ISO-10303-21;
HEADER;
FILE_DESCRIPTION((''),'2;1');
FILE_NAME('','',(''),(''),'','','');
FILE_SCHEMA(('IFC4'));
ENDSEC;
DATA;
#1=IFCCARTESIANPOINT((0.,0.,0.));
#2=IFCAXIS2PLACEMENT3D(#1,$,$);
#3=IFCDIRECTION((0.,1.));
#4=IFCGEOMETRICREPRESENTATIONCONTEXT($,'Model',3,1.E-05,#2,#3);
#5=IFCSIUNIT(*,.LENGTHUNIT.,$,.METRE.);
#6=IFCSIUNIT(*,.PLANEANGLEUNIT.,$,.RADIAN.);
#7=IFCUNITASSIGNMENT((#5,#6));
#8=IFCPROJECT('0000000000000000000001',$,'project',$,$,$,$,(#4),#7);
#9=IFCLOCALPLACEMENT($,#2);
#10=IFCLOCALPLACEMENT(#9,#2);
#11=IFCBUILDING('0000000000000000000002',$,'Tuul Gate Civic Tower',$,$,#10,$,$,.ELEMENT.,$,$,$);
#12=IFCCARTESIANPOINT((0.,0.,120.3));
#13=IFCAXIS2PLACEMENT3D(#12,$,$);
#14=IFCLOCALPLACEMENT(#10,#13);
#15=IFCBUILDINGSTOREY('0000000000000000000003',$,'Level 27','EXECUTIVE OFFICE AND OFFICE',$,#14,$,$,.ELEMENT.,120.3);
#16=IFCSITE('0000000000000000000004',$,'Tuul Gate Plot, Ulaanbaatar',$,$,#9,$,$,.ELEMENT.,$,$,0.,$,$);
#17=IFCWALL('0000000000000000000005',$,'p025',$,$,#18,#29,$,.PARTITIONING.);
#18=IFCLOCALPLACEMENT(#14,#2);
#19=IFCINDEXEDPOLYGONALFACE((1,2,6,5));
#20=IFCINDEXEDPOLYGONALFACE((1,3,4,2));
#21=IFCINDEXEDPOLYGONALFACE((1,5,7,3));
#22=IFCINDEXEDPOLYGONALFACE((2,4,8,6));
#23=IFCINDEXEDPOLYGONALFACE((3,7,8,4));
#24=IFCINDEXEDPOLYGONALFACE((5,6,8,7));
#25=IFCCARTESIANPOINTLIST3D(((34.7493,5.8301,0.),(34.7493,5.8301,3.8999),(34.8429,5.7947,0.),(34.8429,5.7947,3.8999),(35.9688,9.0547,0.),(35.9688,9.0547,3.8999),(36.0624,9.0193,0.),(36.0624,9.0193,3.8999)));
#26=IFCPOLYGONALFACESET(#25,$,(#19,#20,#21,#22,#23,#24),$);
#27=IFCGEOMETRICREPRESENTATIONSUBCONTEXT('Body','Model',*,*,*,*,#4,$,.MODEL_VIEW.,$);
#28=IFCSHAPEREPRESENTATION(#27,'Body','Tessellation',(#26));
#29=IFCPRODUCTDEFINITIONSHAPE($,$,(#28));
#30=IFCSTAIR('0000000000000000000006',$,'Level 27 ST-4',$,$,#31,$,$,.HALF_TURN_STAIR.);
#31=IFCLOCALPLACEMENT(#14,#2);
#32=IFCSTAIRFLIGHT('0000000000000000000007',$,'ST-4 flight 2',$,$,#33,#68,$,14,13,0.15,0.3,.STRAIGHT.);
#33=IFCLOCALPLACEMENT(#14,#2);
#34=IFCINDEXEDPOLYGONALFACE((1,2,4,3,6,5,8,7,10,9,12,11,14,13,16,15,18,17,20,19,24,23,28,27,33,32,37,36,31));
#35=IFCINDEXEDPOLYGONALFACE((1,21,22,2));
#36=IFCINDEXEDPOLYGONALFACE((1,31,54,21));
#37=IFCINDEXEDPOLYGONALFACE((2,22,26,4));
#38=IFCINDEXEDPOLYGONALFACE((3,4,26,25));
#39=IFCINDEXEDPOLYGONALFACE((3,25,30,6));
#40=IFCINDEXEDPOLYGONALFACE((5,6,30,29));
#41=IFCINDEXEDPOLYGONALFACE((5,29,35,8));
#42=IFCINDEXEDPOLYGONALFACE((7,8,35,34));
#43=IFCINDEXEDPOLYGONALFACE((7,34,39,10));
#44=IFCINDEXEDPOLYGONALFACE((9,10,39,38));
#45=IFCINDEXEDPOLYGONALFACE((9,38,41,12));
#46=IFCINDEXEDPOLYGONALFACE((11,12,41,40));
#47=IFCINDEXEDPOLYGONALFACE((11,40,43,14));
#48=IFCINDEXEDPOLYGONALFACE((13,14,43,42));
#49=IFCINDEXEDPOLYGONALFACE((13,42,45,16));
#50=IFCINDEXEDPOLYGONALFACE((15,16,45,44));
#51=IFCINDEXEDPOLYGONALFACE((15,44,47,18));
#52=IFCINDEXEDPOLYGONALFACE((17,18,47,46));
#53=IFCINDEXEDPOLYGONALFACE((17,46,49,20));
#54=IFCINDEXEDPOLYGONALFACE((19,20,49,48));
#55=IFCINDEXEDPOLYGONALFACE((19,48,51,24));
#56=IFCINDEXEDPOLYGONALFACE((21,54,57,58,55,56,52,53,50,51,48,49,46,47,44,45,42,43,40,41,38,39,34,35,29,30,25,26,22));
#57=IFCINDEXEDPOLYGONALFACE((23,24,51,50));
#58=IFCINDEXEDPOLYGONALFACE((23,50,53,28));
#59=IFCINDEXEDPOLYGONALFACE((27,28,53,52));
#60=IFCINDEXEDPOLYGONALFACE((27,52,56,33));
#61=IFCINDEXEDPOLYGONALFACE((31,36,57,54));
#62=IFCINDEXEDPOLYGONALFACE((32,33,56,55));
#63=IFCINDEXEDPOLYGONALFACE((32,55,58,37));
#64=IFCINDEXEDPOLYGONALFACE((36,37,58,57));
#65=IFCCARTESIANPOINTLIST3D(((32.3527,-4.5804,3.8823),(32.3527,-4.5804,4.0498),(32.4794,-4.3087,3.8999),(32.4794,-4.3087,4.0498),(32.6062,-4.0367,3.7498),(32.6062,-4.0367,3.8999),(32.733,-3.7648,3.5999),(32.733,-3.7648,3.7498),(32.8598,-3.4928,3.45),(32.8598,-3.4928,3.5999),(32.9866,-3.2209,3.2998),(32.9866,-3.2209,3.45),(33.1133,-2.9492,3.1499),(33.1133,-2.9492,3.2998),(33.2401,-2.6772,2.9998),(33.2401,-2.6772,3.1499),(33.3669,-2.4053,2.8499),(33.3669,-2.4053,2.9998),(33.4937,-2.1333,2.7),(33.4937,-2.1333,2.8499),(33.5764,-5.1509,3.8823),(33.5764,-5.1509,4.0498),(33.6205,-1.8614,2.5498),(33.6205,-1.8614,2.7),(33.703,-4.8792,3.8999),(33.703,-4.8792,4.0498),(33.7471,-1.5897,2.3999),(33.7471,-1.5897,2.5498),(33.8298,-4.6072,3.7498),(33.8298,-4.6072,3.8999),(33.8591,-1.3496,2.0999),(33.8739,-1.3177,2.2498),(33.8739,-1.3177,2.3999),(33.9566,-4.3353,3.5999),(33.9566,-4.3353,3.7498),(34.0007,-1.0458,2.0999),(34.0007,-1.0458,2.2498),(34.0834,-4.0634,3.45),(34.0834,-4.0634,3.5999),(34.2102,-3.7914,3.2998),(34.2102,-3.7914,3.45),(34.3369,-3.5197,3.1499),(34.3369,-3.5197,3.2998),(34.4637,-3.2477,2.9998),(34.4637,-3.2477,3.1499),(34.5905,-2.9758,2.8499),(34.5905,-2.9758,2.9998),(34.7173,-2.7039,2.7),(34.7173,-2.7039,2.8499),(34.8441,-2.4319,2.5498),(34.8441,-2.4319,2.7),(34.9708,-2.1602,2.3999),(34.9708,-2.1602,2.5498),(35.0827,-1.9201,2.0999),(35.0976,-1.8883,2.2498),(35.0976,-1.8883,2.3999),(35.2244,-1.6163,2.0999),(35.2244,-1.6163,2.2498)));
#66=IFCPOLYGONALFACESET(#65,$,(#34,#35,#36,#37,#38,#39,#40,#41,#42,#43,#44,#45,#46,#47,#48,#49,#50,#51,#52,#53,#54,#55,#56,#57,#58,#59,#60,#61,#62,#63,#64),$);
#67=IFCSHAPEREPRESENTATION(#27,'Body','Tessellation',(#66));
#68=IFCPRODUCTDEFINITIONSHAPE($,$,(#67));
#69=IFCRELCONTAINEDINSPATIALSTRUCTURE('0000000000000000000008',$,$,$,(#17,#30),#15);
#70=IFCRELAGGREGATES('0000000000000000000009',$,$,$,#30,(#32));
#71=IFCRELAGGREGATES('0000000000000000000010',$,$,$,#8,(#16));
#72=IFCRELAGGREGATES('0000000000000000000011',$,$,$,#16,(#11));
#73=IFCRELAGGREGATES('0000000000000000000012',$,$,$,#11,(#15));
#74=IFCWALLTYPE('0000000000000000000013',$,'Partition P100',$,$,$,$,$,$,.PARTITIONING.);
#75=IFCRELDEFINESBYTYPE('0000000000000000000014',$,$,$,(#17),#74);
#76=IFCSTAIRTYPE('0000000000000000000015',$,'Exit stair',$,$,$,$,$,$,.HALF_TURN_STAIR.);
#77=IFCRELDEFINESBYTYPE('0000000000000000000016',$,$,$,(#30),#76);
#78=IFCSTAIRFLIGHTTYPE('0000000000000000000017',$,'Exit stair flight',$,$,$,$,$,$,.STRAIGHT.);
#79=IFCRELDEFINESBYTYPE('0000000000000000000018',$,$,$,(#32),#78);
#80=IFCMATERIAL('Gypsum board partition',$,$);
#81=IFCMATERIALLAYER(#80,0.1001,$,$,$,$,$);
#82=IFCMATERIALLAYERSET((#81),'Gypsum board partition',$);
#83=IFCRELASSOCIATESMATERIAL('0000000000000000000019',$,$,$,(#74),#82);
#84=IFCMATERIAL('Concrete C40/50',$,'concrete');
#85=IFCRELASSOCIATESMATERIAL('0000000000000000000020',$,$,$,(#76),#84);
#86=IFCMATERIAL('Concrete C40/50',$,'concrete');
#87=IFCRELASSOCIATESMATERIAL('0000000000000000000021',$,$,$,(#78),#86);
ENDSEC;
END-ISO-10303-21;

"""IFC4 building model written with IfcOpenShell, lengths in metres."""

from ifc_helpers import new_model, si_unit, direction, frame, frame_2d, origin, place, context, subcontext, project, spatial, polyline, rectangle, outline, extrude, material, layer, layer_set, type_object, element, aggregate, save


model = new_model("IFC4")

# Units and contexts
model_context = context("Model", 3, precision=1e-05, world=origin(), true_north=direction((0.0, 1.0)))
body_context = subcontext(model_context, "Body", "Model", "MODEL_VIEW")
ifc_project = project(units=[si_unit("LENGTHUNIT", "METRE"), si_unit("PLANEANGLEUNIT", "RADIAN")], contexts=[model_context])

# Site, building, storey
site_placement = place(None, origin())
site = spatial("IfcSite", under=ifc_project, at=site_placement, Name="Tuul Gate Plot, Ulaanbaatar", CompositionType="ELEMENT", RefElevation=0.0)
building_placement = place(site_placement, origin())
building = spatial("IfcBuilding", under=site, at=building_placement, Name="Tuul Gate Civic Tower", CompositionType="ELEMENT")
storey_placement = place(building_placement, frame((0.0, 0.0, 120.3)))
storey = spatial("IfcBuildingStorey", under=building, at=storey_placement, Name="Level 27", Description="EXECUTIVE OFFICE AND OFFICE", CompositionType="ELEMENT", Elevation=120.3)

# Wall
ifc_material_1 = material(Name="Gypsum board partition")
ifc_layer_1 = layer(ifc_material_1, 0.1001)
ifc_layer_set_1 = layer_set([ifc_layer_1], Name="Gypsum board partition")
wall_type_1 = type_object("IfcWallType", Name="Partition P100", PredefinedType="PARTITIONING", material=ifc_layer_set_1)
wall_1_placement = place(storey_placement, frame((34.7961, 5.8125, 0.0), z_axis=(0.0, 0.0, 1.0), x_axis=(0.35373, 0.935348, 0.0)))
element("IfcWall", 1, at=wall_1_placement, inside=storey, type_object=wall_type_1, Name="p025", PredefinedType="PARTITIONING", context=body_context, shape_type="SweptSolid", body=[
    extrude(rectangle(XDim=3.4475, YDim=0.1001, at=frame_2d((1.7236, 0.0))), origin(), (0.0, 0.0, 1.0), 3.8999),
])

# Stair, stair flight
ifc_material_2 = material(Name="Concrete C40/50", Category="concrete")
stair_type = type_object("IfcStairType", Name="Exit stair", PredefinedType="HALF_TURN_STAIR", material=ifc_material_2)
stair_placement = place(storey_placement, origin())
stair = element("IfcStair", 2, at=stair_placement, inside=storey, type_object=stair_type, Name="Level 27 ST-4", PredefinedType="HALF_TURN_STAIR")
ifc_material_3 = material(Name="Concrete C40/50", Category="concrete")
stair_flight_type = type_object("IfcStairFlightType", Name="Exit stair flight", PredefinedType="STRAIGHT", material=ifc_material_3)
stair_flight_placement = place(storey_placement, frame((34.6125, -1.3311, 2.0999), z_axis=(0.0, 0.0, 1.0), x_axis=(-0.422576, -0.906327, 0.0)))
stair_flight = element("IfcStairFlight", 3, at=stair_flight_placement, type_object=stair_flight_type, Name="ST-4 flight 2", NumberOfRisers=14, NumberOfTreads=13, PredefinedType="STRAIGHT", RiserHeight=0.15, TreadLength=0.3, context=body_context, shape_type="SweptSolid", body=[
    extrude(outline(polyline([(0.0, 0.0), (0.0, 0.1499), (0.3, 0.1499), (0.3, 0.3), (0.6001, 0.3), (0.6001, 0.45), (0.8999, 0.45), (0.8999, 0.6001), (1.2, 0.6001), (1.2, 0.75), (1.5, 0.75), (1.5, 0.8999), (1.8, 0.8999), (1.8, 1.05), (2.1001, 1.05), (2.1001, 1.2), (2.3999, 1.2), (2.3999, 1.3501), (2.7, 1.3501), (2.7, 1.5), (3.0, 1.5), (3.0, 1.6499), (3.3, 1.6499), (3.3, 1.8), (3.6001, 1.8), (3.6001, 1.95), (3.8999, 1.95), (3.8999, 2.1001), (3.8999, 1.7825), (0.3352, 0.0), (0.0, 0.0)])), frame((0.0, 0.675, 0.0), z_axis=(0.0, -1.0, 0.0), x_axis=(1.0, 0.0, 0.0)), (0.0, 0.0, 1.0), 1.3501),
])
aggregate(stair, [stair_flight])

save(model, "model.ifc")
